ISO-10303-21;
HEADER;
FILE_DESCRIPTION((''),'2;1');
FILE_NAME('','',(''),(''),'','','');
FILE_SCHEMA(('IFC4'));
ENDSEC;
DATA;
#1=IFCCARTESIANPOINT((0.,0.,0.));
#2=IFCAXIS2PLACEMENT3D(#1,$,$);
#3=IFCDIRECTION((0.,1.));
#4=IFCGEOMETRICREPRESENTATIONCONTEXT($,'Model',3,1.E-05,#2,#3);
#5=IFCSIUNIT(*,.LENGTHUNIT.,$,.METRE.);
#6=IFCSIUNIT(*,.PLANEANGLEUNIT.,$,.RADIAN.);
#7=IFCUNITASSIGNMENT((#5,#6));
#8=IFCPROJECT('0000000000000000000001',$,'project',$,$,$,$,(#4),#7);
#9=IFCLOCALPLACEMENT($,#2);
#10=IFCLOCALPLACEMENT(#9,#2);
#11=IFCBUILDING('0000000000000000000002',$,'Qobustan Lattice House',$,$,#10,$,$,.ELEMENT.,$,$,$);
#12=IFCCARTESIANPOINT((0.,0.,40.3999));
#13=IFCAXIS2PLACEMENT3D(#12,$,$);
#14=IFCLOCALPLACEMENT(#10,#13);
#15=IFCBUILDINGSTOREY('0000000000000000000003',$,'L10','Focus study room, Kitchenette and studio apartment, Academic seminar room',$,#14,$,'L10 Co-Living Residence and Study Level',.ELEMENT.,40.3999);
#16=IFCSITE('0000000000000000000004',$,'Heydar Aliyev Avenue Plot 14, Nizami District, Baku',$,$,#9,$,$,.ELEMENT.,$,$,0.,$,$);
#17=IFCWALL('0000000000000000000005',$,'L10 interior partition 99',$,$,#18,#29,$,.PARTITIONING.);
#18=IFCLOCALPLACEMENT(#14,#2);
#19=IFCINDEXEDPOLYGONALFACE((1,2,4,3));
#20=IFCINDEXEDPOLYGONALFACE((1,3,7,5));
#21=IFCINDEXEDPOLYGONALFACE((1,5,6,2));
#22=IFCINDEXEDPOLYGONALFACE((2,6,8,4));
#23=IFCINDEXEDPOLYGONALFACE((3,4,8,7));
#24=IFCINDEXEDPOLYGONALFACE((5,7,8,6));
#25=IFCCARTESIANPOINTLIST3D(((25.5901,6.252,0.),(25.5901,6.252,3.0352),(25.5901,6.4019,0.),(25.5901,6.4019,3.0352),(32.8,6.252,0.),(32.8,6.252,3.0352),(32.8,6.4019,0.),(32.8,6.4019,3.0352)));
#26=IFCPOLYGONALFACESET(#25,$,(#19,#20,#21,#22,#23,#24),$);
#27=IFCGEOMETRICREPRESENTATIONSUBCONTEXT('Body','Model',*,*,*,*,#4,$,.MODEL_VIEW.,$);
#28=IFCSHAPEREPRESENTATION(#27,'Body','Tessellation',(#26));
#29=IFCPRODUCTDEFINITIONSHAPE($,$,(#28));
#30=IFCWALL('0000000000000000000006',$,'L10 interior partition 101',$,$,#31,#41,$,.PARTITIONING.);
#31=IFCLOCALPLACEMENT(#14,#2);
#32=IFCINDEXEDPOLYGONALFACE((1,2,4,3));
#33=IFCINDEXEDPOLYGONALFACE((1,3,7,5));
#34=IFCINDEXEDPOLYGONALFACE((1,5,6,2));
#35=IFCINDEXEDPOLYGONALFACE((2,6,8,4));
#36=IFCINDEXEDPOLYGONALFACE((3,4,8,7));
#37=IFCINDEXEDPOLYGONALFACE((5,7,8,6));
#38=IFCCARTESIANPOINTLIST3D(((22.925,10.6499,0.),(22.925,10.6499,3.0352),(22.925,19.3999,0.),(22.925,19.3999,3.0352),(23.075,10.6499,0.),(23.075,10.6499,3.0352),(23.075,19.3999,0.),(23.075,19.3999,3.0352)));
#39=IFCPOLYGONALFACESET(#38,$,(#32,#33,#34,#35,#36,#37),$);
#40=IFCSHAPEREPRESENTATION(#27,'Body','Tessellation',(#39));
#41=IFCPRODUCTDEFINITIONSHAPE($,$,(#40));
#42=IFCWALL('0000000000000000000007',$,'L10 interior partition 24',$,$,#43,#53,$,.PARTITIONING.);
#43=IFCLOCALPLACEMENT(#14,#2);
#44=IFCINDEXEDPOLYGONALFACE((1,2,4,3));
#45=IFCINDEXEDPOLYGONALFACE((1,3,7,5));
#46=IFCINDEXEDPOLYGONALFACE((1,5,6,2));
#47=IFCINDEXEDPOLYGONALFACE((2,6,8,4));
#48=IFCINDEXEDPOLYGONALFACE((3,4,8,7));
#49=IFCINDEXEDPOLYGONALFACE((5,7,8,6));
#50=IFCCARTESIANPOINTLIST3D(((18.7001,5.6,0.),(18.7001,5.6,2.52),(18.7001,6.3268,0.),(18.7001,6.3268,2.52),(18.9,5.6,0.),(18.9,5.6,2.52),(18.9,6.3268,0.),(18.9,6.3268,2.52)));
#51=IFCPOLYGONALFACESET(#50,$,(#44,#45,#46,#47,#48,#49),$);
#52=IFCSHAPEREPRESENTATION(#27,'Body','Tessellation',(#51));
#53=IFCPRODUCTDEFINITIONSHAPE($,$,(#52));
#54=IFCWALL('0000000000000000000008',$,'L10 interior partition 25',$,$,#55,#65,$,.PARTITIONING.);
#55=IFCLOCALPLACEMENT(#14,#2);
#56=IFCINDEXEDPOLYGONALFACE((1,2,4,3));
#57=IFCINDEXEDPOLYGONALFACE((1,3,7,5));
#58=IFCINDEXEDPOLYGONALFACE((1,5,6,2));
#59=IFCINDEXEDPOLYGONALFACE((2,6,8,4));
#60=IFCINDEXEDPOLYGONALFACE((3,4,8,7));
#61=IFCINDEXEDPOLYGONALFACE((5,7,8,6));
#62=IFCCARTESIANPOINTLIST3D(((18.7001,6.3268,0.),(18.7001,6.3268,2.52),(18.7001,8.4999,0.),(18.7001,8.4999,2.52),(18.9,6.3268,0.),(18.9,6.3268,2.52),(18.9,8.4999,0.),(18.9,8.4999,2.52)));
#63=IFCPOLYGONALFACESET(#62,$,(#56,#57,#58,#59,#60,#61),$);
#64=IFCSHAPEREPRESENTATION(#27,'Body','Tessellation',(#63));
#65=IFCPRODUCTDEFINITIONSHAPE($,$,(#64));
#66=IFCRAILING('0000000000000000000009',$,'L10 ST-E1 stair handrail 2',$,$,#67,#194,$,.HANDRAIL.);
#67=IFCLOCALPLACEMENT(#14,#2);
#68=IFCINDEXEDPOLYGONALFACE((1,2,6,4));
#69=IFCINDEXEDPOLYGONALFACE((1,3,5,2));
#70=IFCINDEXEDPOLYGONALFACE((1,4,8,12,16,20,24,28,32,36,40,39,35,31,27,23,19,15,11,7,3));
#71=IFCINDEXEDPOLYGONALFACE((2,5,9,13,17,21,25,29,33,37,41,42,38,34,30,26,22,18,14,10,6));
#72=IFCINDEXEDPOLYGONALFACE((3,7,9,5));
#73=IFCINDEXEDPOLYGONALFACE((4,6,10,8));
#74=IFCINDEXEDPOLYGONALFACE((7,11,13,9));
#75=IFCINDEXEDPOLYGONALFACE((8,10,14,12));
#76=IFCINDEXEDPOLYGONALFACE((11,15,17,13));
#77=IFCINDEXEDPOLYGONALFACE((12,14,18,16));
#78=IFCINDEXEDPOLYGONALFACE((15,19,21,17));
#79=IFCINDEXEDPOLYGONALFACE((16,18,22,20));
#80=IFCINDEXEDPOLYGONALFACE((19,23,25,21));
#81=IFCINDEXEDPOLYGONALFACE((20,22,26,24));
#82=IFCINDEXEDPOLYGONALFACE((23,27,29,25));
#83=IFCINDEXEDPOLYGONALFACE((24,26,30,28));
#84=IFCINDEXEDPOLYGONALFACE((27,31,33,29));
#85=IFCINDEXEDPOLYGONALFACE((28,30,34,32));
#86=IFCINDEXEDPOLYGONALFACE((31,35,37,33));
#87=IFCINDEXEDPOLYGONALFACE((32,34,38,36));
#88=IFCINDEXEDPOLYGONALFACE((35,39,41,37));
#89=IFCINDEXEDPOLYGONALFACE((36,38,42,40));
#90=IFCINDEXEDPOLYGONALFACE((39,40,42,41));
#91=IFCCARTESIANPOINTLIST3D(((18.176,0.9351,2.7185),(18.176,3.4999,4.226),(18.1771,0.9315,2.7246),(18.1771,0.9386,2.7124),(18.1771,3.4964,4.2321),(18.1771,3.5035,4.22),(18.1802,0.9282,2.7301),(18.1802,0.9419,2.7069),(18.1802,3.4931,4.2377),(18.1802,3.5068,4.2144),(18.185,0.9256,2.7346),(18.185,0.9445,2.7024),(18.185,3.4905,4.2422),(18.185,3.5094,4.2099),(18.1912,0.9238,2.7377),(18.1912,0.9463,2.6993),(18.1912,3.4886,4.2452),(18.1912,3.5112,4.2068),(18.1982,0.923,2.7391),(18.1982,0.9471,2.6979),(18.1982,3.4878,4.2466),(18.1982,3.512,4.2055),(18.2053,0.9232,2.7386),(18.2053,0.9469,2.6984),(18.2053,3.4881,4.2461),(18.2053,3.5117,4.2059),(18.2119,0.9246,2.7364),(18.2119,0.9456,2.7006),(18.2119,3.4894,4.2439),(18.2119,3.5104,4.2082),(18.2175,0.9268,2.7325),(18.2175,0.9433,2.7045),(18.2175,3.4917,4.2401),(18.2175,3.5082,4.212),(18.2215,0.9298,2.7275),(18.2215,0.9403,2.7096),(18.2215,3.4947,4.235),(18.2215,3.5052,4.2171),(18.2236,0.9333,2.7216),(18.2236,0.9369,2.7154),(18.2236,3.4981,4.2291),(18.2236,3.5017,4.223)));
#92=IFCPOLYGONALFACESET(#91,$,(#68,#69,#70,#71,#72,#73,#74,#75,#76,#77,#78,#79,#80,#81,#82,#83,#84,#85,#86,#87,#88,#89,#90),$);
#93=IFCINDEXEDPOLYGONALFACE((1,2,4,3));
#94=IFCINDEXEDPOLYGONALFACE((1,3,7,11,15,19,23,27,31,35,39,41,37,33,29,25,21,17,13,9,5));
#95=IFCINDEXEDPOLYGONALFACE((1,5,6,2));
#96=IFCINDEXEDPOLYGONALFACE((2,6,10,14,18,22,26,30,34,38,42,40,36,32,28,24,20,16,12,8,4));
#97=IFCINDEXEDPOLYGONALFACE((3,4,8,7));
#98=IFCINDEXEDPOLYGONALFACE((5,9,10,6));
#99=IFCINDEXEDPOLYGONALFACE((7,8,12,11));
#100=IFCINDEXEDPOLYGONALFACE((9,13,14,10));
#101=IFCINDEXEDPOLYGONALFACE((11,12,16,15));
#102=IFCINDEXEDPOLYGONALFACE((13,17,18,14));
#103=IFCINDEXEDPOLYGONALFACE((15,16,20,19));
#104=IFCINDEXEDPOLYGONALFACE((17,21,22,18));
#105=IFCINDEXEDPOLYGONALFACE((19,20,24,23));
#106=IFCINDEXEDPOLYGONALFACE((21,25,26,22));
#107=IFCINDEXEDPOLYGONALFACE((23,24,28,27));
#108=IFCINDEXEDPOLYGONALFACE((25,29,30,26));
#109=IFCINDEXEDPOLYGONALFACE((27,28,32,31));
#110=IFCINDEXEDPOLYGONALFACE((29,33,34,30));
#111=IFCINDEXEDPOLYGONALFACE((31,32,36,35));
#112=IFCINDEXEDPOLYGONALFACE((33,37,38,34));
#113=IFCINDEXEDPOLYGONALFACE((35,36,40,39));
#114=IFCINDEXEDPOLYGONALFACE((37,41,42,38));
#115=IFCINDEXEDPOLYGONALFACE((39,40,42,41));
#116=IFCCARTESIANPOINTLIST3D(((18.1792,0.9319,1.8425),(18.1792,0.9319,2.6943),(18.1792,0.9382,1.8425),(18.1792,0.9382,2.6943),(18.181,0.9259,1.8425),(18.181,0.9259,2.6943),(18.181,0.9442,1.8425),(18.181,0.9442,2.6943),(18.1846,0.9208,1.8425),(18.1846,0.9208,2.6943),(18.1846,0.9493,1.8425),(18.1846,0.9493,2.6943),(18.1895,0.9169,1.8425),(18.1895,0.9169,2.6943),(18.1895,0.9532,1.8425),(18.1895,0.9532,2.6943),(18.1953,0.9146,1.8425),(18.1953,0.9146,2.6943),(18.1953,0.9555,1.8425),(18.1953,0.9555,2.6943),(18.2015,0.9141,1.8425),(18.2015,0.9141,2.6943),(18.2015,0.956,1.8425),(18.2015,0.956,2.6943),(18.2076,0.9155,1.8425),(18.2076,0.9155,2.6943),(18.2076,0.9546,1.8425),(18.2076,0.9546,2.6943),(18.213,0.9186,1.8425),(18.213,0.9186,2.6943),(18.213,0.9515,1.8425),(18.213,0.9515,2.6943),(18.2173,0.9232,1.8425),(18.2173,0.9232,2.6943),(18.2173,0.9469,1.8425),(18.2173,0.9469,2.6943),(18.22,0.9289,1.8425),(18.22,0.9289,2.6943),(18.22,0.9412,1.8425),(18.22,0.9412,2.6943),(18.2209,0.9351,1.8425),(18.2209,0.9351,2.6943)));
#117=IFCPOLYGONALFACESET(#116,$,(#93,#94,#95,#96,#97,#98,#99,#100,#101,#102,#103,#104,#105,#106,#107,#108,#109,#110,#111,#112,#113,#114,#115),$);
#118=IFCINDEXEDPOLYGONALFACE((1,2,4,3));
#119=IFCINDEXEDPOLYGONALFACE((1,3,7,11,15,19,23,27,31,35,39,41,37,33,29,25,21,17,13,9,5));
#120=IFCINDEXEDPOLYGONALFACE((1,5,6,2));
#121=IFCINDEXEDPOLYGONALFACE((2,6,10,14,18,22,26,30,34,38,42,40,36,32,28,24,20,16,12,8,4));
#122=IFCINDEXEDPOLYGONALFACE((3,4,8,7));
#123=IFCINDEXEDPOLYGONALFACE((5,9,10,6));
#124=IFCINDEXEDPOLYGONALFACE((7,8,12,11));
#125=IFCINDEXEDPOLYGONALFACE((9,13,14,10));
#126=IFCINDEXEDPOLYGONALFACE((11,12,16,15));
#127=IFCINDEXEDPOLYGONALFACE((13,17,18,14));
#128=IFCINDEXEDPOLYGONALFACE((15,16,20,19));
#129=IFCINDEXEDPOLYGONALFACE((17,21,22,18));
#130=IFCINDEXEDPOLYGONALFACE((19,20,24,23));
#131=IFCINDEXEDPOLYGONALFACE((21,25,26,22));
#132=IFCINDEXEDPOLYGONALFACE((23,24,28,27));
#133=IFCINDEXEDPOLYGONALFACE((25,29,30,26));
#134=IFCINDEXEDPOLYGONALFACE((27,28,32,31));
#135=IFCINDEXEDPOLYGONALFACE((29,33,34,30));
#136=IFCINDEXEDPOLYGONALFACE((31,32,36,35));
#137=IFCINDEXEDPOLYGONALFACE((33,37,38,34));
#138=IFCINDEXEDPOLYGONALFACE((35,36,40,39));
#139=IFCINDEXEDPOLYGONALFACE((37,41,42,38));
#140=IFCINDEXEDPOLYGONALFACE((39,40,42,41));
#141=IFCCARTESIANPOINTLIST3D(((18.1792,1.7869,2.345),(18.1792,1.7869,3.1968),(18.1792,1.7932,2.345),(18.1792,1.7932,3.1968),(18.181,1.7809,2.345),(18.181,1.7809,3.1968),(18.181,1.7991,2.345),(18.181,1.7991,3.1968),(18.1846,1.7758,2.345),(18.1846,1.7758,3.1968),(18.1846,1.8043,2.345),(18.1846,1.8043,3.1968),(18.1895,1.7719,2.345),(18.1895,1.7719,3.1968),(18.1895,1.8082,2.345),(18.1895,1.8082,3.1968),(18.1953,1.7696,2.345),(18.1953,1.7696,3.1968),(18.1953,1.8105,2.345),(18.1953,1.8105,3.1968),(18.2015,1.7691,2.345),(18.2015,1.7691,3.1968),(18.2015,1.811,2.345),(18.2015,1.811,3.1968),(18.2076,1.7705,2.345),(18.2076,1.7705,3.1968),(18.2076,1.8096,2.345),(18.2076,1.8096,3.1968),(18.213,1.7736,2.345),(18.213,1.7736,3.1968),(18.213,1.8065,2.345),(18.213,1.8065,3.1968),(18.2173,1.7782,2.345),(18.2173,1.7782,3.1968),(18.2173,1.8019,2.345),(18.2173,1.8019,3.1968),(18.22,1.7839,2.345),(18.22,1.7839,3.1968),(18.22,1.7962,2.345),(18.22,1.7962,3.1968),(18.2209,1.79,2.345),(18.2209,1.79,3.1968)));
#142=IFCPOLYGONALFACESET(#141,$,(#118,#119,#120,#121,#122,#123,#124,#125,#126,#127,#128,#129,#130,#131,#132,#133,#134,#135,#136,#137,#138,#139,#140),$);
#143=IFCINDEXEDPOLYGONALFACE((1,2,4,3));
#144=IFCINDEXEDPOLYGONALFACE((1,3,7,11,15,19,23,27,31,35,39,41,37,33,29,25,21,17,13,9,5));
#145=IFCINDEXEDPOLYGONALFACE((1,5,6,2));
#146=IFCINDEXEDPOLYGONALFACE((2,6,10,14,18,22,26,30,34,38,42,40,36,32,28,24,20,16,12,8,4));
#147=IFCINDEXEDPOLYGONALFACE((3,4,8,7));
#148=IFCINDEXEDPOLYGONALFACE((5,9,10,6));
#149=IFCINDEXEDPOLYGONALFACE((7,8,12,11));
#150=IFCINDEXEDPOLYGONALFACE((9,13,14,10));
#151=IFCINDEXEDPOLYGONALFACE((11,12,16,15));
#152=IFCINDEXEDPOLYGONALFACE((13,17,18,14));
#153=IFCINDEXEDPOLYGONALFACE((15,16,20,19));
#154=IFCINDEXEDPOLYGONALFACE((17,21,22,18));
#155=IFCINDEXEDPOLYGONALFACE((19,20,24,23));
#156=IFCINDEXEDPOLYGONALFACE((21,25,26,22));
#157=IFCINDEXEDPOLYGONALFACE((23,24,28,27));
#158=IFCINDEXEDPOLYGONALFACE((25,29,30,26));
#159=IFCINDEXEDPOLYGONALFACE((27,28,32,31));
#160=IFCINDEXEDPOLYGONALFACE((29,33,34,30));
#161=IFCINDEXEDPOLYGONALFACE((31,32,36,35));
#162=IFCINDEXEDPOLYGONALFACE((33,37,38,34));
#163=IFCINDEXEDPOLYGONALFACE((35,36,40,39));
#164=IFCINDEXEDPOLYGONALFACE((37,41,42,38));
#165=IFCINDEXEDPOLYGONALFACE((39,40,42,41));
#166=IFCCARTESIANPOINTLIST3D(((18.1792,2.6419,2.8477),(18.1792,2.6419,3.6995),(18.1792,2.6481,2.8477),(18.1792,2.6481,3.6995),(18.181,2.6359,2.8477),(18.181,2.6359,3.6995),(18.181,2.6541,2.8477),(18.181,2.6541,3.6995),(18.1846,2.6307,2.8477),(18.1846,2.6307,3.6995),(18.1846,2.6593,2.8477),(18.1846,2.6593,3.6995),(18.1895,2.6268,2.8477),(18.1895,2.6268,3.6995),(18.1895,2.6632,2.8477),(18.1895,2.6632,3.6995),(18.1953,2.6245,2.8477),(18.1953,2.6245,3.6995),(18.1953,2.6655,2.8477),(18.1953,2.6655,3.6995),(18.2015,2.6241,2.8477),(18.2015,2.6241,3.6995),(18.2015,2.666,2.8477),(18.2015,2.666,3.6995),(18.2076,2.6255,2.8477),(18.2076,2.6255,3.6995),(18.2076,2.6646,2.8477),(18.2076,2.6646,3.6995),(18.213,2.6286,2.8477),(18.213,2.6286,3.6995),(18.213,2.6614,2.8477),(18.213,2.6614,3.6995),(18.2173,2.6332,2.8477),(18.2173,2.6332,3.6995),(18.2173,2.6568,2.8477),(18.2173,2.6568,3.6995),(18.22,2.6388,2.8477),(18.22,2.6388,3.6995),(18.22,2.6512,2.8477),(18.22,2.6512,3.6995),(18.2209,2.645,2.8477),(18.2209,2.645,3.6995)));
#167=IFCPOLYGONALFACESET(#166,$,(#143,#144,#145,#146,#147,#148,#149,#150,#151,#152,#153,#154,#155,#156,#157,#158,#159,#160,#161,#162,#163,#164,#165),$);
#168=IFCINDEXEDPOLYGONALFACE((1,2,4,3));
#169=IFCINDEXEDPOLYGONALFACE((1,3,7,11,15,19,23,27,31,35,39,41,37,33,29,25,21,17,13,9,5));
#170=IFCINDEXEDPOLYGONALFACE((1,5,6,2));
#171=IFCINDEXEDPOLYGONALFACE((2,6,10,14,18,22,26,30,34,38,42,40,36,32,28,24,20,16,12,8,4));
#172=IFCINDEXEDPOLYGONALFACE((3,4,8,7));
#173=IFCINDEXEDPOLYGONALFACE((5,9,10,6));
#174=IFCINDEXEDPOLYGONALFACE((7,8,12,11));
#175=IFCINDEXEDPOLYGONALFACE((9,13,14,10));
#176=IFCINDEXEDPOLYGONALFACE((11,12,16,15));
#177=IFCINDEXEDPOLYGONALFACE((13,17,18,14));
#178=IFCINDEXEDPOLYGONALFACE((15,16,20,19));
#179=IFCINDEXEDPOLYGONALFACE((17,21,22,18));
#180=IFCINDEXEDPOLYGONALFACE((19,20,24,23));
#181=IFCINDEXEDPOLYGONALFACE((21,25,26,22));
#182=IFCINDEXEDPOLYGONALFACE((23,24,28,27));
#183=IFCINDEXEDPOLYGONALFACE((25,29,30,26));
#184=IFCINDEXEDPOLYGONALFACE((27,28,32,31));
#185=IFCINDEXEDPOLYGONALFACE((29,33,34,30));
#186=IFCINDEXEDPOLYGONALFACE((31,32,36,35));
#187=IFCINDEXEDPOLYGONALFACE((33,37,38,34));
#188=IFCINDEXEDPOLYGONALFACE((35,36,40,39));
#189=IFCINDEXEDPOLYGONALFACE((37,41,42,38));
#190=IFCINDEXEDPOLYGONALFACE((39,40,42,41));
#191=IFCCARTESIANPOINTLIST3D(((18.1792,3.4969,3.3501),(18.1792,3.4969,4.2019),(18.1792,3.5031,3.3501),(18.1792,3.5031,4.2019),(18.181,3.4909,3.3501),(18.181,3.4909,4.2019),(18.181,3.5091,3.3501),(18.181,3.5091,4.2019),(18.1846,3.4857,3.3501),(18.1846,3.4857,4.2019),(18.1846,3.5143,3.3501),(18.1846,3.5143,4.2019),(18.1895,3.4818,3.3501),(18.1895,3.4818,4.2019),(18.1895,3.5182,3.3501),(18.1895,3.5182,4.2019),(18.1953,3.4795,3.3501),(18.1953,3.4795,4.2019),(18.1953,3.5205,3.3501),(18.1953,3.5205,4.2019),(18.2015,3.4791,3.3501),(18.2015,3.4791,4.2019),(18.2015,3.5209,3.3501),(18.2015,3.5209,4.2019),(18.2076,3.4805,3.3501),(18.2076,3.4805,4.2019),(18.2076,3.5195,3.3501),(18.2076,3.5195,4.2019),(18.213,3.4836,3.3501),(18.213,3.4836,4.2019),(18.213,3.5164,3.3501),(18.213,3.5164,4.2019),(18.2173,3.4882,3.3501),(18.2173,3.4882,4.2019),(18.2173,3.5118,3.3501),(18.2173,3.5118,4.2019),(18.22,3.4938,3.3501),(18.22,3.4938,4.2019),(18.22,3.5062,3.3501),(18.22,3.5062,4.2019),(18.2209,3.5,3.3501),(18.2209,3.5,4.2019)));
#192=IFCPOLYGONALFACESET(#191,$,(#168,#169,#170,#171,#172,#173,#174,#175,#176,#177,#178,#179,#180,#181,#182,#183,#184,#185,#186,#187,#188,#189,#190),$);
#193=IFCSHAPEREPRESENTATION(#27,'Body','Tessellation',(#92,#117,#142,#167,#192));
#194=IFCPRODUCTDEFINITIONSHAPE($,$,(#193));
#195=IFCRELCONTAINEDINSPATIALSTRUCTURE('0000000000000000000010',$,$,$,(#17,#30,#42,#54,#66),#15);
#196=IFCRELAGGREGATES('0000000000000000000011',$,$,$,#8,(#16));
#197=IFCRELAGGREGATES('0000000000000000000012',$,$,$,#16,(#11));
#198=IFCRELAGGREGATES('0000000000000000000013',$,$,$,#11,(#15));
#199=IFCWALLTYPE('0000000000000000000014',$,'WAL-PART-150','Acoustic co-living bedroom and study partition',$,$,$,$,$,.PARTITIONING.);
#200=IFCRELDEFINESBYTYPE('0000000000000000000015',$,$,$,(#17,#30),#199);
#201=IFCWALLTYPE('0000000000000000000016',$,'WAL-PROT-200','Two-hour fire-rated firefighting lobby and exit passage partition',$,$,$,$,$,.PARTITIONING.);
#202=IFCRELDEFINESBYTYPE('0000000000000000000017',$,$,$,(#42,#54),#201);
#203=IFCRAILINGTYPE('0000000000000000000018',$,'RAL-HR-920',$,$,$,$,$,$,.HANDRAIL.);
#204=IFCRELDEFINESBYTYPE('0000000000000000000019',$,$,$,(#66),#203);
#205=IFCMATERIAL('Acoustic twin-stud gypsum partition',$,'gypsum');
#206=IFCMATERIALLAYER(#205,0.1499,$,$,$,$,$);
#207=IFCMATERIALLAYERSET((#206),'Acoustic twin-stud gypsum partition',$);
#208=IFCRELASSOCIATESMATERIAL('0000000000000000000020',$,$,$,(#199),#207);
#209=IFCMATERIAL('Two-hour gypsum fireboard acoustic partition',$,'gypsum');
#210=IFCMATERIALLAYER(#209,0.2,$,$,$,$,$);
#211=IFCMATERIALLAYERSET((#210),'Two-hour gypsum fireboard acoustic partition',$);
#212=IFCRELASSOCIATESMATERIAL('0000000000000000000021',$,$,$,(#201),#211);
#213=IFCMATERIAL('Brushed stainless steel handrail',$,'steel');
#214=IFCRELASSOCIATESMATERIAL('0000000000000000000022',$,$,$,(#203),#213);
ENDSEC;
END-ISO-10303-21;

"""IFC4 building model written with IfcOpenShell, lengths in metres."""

from ifc_helpers import new_model, si_unit, direction, frame, frame_2d, origin, origin_2d, place, context, subcontext, project, spatial, rectangle, circle, extrude, material, layer, layer_set, type_object, element, save


model = new_model("IFC4")

# Units and contexts
model_context = context("Model", 3, precision=1e-05, world=origin(), true_north=direction((0.0, 1.0)))
body_context = subcontext(model_context, "Body", "Model", "MODEL_VIEW")
ifc_project = project(units=[si_unit("LENGTHUNIT", "METRE"), si_unit("PLANEANGLEUNIT", "RADIAN")], contexts=[model_context])

# Site, building, storey
site_placement = place(None, origin())
site = spatial("IfcSite", under=ifc_project, at=site_placement, Name="Heydar Aliyev Avenue Plot 14, Nizami District, Baku", CompositionType="ELEMENT", RefElevation=0.0)
building_placement = place(site_placement, origin())
building = spatial("IfcBuilding", under=site, at=building_placement, Name="Qobustan Lattice House", CompositionType="ELEMENT")
storey_placement = place(building_placement, frame((0.0, 0.0, 40.3999)))
storey = spatial("IfcBuildingStorey", under=building, at=storey_placement, Name="L10", Description="Focus study room, Kitchenette and studio apartment, Academic seminar room", LongName="L10 Co-Living Residence and Study Level", CompositionType="ELEMENT", Elevation=40.3999)

# Shared definitions
ifc_material_1 = material(Name="Acoustic twin-stud gypsum partition", Category="gypsum")
ifc_layer_1 = layer(ifc_material_1, 0.1499)
ifc_layer_set_1 = layer_set([ifc_layer_1], Name="Acoustic twin-stud gypsum partition")
wall_type_1 = type_object("IfcWallType", Name="WAL-PART-150", Description="Acoustic co-living bedroom and study partition", PredefinedType="PARTITIONING", material=ifc_layer_set_1)

# Walls
wall_1_placement = place(storey_placement, frame((25.5901, 6.3269, 0.0), z_axis=(0.0, 0.0, 1.0), x_axis=(1.0, 0.0, 0.0)))
element("IfcWall", 1, at=wall_1_placement, inside=storey, type_object=wall_type_1, Name="L10 interior partition 99", PredefinedType="PARTITIONING", context=body_context, shape_type="SweptSolid", body=[
    extrude(rectangle(XDim=7.21, YDim=0.1499, at=frame_2d((3.605, 0.0))), origin(), (0.0, 0.0, 1.0), 3.0352),
])
wall_2_placement = place(storey_placement, frame((23.0, 10.6499, 0.0), z_axis=(0.0, 0.0, 1.0), x_axis=(0.0, 1.0, 0.0)))
element("IfcWall", 2, at=wall_2_placement, inside=storey, type_object=wall_type_1, Name="L10 interior partition 101", PredefinedType="PARTITIONING", context=body_context, shape_type="SweptSolid", body=[
    extrude(rectangle(XDim=8.75, YDim=0.1499, at=frame_2d((4.375, 0.0))), origin(), (0.0, 0.0, 1.0), 3.0352),
])

# Shared definitions
ifc_material_2 = material(Name="Two-hour gypsum fireboard acoustic partition", Category="gypsum")
ifc_layer_2 = layer(ifc_material_2, 0.2)
ifc_layer_set_2 = layer_set([ifc_layer_2], Name="Two-hour gypsum fireboard acoustic partition")
wall_type_2 = type_object("IfcWallType", Name="WAL-PROT-200", Description="Two-hour fire-rated firefighting lobby and exit passage partition", PredefinedType="PARTITIONING", material=ifc_layer_set_2)

# Walls
wall_3_placement = place(storey_placement, frame((18.8, 5.6001, 0.0), z_axis=(0.0, 0.0, 1.0), x_axis=(0.0, 1.0, 0.0)))
element("IfcWall", 3, at=wall_3_placement, inside=storey, type_object=wall_type_2, Name="L10 interior partition 24", PredefinedType="PARTITIONING", context=body_context, shape_type="SweptSolid", body=[
    extrude(rectangle(XDim=0.7268, YDim=0.2, at=frame_2d((0.3633, 0.0))), origin(), (0.0, 0.0, 1.0), 2.52),
])
wall_4_placement = place(storey_placement, frame((18.8, 6.3269, 0.0), z_axis=(0.0, 0.0, 1.0), x_axis=(0.0, 1.0, 0.0)))
element("IfcWall", 4, at=wall_4_placement, inside=storey, type_object=wall_type_2, Name="L10 interior partition 25", PredefinedType="PARTITIONING", context=body_context, shape_type="SweptSolid", body=[
    extrude(rectangle(XDim=2.1731, YDim=0.2, at=frame_2d((1.0864, 0.0))), origin(), (0.0, 0.0, 1.0), 2.52),
])

# Railing
ifc_material_3 = material(Name="Brushed stainless steel handrail", Category="steel")
railing_type = type_object("IfcRailingType", Name="RAL-HR-920", PredefinedType="HANDRAIL", material=ifc_material_3)
railing_placement = place(storey_placement, frame((18.2, 0.9351, 1.8425)))
element("IfcRailing", 5, at=railing_placement, inside=storey, type_object=railing_type, Name="L10 ST-E1 stair handrail 2", PredefinedType="HANDRAIL", context=body_context, shape_type="SweptSolid", body=[
    extrude(circle(Radius=0.0239, at=origin_2d()), frame((0.0, 0.0, 0.876), z_axis=(0.0, 0.862113, 0.506715), x_axis=(-1.0, 0.0, 0.0)), (0.0, 0.0, 1.0), 2.9751),
    extrude(circle(Radius=0.021, at=origin_2d()), origin(), (0.0, 0.0, 1.0), 0.8518),
    extrude(circle(Radius=0.021, at=origin_2d()), frame((0.0, 0.855, 0.5024)), (0.0, 0.0, 1.0), 0.8518),
    extrude(circle(Radius=0.021, at=origin_2d()), frame((0.0, 1.71, 1.0051)), (0.0, 0.0, 1.0), 0.8518),
    extrude(circle(Radius=0.021, at=origin_2d()), frame((0.0, 2.5649, 1.5076)), (0.0, 0.0, 1.0), 0.8518),
])

save(model, "model.ifc")
